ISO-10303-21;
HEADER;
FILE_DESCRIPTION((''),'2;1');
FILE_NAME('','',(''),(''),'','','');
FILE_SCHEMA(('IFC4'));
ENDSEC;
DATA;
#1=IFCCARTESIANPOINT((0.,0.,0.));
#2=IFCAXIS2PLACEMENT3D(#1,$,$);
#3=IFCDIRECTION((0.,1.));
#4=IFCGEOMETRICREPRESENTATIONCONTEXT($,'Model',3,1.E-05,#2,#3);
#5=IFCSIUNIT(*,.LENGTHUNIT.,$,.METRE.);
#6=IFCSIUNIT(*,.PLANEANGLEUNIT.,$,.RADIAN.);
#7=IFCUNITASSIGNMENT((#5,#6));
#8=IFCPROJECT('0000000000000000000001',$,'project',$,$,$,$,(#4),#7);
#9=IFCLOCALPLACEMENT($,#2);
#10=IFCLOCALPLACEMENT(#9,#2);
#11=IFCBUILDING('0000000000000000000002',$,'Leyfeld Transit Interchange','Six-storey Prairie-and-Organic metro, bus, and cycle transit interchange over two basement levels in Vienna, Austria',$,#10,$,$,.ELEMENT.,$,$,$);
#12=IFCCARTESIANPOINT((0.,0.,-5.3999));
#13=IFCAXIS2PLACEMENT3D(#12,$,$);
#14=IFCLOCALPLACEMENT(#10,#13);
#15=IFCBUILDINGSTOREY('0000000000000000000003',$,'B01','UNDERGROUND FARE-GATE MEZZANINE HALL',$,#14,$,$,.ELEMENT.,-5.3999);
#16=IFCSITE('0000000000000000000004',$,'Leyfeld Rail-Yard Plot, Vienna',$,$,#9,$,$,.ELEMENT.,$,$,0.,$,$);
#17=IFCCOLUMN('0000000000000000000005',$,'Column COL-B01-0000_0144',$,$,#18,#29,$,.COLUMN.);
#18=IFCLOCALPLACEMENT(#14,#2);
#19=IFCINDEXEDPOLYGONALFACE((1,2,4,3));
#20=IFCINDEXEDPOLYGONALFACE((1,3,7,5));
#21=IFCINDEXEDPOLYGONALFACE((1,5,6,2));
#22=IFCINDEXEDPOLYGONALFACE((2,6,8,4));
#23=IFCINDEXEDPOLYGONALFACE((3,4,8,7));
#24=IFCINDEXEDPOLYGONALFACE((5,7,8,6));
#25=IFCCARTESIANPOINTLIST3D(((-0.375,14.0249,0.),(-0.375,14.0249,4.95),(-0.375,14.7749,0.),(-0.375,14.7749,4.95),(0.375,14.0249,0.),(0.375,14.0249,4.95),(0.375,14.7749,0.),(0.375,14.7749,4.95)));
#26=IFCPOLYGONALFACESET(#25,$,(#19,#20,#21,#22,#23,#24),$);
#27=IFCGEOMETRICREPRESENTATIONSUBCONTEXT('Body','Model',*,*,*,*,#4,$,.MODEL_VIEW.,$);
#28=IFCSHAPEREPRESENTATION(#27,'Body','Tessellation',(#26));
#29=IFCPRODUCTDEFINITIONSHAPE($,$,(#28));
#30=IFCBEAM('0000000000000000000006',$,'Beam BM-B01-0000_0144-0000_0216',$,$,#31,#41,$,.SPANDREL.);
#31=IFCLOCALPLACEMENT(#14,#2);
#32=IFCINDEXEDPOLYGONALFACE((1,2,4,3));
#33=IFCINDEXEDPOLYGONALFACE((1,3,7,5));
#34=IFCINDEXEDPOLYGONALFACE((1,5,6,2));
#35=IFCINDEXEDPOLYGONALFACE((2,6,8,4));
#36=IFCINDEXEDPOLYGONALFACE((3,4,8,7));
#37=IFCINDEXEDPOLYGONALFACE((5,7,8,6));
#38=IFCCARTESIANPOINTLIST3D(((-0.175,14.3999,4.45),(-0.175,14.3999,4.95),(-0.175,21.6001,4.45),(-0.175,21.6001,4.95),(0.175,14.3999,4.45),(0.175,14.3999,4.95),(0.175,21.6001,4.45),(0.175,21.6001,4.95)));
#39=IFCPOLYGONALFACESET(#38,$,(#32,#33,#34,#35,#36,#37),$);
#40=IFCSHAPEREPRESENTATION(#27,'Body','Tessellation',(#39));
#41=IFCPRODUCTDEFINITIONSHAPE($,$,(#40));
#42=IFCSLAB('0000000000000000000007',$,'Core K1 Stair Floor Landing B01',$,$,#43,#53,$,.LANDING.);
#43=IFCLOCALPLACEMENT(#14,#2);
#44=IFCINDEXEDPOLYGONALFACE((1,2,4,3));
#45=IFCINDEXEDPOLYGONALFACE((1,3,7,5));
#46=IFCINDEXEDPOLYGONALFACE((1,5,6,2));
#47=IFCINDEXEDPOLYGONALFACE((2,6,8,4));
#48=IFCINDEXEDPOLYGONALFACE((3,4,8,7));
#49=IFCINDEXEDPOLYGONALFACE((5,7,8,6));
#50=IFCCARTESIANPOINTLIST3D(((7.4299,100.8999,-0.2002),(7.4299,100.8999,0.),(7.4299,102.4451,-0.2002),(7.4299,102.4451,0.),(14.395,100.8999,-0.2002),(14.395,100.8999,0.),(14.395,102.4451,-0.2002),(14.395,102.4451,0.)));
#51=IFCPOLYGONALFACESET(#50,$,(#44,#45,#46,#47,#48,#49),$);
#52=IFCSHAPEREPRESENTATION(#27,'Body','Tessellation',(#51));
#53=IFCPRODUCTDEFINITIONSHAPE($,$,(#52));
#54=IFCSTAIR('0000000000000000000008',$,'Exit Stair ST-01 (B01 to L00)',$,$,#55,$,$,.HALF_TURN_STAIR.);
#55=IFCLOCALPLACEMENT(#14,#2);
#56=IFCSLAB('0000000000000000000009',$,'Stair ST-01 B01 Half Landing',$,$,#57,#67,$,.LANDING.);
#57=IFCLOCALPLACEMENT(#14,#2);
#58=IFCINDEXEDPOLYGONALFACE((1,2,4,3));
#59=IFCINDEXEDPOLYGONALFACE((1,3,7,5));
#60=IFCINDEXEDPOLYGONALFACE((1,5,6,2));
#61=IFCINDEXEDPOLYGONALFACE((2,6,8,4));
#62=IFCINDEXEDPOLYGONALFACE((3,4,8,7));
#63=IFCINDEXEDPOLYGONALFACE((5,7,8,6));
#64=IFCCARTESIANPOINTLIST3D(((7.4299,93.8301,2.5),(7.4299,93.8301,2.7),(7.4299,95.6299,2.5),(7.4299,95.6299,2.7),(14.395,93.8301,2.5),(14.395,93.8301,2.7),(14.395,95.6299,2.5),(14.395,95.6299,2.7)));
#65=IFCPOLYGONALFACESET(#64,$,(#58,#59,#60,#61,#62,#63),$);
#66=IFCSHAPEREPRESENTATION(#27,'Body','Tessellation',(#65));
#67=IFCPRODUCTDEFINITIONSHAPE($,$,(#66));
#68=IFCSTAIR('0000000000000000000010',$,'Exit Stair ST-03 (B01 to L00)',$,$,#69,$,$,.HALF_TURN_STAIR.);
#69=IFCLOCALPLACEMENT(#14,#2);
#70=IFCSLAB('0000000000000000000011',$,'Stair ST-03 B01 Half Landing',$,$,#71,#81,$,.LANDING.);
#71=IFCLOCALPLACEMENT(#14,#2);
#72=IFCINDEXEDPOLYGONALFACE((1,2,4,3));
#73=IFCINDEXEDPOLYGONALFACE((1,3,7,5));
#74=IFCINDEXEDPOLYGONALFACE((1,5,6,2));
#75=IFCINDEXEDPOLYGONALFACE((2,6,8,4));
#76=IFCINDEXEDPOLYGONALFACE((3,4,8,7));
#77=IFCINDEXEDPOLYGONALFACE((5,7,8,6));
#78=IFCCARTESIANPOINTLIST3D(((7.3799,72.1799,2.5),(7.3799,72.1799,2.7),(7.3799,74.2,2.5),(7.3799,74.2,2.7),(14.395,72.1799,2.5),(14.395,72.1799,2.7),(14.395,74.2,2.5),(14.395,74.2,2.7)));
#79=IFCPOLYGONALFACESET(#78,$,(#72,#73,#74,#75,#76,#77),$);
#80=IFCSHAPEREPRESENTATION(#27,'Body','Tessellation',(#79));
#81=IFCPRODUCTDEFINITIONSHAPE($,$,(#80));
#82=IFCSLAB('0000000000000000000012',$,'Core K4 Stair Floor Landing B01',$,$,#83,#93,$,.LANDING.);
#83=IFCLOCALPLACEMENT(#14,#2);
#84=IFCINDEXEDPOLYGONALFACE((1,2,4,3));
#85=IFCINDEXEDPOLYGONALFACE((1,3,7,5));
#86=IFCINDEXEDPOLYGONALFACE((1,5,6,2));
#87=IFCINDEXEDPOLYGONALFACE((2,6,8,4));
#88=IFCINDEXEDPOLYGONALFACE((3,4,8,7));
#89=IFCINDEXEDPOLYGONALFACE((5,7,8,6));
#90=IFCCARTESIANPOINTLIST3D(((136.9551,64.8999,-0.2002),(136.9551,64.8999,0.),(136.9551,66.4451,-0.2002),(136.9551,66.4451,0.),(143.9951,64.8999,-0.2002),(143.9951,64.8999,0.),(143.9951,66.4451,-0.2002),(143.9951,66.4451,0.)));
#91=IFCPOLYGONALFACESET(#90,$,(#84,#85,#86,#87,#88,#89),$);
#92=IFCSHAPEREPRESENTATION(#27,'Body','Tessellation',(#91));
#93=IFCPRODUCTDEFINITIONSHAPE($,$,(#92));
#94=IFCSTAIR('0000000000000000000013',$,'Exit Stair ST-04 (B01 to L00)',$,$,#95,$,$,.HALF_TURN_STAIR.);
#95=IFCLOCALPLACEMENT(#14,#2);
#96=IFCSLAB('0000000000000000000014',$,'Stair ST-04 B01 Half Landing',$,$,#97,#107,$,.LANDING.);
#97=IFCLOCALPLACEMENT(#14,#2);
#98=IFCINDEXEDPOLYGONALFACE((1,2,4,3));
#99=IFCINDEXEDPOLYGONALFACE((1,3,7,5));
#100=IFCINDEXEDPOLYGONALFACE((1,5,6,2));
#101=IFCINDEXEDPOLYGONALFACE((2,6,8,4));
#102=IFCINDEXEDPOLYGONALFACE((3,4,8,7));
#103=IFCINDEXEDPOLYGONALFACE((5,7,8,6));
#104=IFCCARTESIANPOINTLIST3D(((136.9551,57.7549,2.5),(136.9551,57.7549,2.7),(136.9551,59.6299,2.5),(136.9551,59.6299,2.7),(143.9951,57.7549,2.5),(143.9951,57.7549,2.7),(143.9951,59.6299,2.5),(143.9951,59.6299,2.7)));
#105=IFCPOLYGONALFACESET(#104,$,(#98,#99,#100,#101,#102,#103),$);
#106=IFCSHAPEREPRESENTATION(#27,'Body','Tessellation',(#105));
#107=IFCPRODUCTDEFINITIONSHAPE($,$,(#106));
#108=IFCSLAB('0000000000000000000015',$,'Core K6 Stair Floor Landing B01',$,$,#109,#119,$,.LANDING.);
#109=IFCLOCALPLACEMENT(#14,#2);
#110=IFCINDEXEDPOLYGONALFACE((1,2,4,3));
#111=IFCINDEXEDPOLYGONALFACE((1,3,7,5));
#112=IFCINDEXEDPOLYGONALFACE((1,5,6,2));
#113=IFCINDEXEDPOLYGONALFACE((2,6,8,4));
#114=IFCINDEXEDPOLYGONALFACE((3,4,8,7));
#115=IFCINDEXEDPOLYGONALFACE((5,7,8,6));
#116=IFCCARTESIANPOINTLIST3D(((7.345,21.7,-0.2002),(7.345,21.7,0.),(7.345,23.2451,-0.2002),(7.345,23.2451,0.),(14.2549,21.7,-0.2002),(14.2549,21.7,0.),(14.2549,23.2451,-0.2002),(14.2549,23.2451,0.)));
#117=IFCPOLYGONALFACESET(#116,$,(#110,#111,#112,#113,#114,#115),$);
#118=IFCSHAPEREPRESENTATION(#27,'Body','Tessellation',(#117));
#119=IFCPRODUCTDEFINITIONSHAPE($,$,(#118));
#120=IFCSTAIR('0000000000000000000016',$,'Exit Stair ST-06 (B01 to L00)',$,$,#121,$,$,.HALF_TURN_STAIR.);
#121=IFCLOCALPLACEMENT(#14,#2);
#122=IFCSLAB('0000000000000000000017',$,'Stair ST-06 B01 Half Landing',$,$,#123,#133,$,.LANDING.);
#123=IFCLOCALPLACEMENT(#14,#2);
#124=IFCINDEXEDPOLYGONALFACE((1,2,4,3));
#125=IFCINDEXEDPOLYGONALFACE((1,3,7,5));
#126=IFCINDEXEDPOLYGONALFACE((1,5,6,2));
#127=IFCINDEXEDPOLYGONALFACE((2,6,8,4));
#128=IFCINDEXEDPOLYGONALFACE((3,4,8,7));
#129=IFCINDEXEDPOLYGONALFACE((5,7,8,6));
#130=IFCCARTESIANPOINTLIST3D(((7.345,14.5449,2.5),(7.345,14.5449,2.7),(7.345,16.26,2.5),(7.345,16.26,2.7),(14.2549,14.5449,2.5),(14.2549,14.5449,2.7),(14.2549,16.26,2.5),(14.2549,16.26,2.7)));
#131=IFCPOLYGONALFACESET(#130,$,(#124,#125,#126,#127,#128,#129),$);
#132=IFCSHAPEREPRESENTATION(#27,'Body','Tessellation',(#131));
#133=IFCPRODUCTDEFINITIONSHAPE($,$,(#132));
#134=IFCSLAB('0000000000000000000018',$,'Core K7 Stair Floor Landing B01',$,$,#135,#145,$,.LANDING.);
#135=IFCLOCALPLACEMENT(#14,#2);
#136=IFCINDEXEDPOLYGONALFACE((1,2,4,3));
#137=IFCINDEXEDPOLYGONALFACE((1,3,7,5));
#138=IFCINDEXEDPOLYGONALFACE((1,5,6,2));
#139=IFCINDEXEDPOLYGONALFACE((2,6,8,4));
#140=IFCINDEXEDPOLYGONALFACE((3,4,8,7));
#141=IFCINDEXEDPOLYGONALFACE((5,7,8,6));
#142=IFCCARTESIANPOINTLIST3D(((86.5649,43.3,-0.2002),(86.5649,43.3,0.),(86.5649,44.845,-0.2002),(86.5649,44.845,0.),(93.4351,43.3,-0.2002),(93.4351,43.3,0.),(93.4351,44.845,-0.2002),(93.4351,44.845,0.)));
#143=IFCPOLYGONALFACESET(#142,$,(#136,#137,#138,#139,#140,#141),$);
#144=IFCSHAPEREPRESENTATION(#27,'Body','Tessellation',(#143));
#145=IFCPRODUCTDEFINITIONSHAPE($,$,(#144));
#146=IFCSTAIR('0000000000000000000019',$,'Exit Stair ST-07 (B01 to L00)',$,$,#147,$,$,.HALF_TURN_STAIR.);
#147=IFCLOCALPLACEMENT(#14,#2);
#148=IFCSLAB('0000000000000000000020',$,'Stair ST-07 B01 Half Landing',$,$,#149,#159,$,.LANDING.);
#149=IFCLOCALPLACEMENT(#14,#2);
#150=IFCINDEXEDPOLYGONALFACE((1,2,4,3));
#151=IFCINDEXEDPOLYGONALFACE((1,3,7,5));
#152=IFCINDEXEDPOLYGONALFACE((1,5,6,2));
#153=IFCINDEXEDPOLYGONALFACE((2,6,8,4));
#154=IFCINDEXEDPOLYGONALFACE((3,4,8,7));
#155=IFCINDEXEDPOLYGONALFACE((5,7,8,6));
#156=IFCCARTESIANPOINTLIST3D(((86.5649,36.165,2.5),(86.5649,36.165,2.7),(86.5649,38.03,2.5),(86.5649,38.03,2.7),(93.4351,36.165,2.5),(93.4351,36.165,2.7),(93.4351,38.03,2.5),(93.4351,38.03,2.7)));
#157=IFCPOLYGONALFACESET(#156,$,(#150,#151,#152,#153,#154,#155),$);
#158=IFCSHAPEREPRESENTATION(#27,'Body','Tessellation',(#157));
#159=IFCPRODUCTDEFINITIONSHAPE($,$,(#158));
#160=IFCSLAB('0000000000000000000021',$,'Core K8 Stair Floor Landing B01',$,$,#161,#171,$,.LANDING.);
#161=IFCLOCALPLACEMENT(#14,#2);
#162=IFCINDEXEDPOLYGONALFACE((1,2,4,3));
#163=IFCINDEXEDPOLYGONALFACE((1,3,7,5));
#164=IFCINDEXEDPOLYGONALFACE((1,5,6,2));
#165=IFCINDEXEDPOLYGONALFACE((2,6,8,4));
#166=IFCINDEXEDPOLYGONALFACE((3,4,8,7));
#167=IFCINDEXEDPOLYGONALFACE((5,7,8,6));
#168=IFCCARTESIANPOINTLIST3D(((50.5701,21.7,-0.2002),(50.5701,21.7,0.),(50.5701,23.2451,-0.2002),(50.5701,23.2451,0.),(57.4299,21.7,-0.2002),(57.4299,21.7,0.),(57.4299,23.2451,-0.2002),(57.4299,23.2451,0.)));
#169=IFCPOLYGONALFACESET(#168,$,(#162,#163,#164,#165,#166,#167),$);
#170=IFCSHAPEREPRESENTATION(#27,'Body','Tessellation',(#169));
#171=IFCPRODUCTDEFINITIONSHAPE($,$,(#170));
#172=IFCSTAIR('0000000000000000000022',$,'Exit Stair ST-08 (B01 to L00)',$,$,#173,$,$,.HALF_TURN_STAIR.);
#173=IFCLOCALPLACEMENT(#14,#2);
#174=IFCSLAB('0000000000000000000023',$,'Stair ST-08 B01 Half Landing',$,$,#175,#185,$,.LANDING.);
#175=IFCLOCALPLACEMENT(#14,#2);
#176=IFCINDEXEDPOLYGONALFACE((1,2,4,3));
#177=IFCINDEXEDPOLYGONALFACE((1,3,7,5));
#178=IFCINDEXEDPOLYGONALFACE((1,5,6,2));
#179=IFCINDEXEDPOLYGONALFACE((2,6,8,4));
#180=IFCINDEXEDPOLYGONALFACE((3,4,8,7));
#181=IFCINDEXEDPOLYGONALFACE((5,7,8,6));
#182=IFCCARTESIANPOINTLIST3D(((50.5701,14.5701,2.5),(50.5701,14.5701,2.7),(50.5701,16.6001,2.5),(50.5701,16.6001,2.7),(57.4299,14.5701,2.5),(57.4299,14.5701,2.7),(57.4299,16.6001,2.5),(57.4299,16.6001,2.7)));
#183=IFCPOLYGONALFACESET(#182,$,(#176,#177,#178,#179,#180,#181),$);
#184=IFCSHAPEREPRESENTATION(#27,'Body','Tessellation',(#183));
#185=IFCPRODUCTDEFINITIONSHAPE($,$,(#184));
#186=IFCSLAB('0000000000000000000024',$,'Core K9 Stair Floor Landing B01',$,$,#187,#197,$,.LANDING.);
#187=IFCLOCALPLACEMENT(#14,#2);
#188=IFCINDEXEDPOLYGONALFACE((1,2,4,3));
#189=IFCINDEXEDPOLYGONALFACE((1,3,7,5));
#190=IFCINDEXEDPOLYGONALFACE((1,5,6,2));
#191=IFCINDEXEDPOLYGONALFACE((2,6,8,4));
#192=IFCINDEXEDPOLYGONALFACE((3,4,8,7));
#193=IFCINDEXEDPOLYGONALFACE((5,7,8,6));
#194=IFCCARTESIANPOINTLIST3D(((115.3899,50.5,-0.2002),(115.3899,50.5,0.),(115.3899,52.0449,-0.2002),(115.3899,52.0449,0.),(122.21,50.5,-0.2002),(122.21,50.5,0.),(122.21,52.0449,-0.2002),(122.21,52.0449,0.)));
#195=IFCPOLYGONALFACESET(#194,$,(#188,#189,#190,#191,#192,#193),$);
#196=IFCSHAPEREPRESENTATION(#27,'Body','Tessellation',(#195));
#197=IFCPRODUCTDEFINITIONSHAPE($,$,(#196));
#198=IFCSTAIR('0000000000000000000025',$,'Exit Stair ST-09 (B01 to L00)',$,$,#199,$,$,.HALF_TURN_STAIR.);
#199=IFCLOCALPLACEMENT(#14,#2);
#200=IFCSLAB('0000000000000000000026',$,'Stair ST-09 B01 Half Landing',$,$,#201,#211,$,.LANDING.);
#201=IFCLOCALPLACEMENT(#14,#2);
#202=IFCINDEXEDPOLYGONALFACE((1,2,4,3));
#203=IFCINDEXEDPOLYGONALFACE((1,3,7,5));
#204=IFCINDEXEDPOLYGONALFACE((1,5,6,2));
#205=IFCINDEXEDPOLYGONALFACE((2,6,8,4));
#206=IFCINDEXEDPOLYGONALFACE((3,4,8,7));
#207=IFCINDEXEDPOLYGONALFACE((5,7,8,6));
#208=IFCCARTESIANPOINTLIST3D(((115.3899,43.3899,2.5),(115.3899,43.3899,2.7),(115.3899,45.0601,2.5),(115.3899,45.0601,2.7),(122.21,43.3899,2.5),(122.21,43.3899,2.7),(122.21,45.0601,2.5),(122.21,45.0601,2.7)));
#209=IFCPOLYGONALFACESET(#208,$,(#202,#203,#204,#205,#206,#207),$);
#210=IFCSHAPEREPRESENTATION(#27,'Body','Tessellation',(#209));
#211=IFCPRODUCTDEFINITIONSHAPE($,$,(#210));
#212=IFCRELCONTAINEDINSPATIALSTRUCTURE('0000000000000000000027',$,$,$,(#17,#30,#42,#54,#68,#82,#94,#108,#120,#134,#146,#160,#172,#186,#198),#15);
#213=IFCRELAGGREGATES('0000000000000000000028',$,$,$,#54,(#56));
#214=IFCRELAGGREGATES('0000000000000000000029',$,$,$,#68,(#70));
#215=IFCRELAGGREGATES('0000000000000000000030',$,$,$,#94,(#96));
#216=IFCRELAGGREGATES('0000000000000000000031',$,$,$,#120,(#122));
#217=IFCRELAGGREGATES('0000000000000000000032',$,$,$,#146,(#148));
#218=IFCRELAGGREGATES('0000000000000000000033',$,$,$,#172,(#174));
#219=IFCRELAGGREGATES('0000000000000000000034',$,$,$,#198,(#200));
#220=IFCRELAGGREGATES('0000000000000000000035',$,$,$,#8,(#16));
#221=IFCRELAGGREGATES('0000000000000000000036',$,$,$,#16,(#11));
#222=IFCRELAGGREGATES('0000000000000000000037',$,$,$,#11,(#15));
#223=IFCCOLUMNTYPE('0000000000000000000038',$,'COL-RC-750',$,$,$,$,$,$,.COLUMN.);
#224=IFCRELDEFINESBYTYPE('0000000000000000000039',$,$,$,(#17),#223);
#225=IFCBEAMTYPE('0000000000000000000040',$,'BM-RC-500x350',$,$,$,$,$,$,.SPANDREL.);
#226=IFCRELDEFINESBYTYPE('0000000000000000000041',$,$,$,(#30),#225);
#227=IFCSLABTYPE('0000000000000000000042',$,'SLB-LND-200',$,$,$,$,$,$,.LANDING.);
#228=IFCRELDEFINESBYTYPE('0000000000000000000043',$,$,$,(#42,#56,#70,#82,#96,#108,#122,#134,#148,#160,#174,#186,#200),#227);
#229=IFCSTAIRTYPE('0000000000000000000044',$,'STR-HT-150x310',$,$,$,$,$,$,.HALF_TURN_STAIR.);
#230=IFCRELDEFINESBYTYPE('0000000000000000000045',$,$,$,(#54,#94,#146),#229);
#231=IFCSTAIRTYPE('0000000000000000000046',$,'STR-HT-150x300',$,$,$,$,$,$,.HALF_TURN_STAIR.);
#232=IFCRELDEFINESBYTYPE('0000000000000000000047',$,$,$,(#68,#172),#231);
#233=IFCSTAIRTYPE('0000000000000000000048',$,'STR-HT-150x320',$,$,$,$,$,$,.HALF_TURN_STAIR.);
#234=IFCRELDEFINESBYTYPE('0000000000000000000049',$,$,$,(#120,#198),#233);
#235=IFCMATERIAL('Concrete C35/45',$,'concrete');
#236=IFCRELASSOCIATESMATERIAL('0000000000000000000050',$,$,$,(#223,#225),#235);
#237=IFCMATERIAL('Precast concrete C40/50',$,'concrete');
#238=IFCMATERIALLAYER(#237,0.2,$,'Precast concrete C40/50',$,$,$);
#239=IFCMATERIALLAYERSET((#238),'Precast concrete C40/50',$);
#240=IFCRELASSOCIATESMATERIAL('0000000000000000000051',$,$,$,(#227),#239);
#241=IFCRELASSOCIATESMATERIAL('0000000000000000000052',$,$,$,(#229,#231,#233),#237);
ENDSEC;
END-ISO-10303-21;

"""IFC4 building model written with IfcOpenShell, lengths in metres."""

from ifc_helpers import new_model, si_unit, direction, frame, origin, origin_2d, place, context, subcontext, project, spatial, polyline, rectangle, outline, extrude, material, layer, layer_set, material_profile, profile_set, type_object, element, aggregate, save


model = new_model("IFC4")

# Units and contexts
model_context = context("Model", 3, precision=1e-05, world=origin(), true_north=direction((0.0, 1.0)))
body_context = subcontext(model_context, "Body", "Model", "MODEL_VIEW")
ifc_project = project(units=[si_unit("LENGTHUNIT", "METRE"), si_unit("PLANEANGLEUNIT", "RADIAN")], contexts=[model_context])

# Site, building, storey
site_placement = place(None, origin())
site = spatial("IfcSite", under=ifc_project, at=site_placement, Name="Leyfeld Rail-Yard Plot, Vienna", CompositionType="ELEMENT", RefElevation=0.0)
building_placement = place(site_placement, origin())
building = spatial("IfcBuilding", under=site, at=building_placement, Name="Leyfeld Transit Interchange", Description="Six-storey Prairie-and-Organic metro, bus, and cycle transit interchange over two basement levels in Vienna, Austria", CompositionType="ELEMENT")
storey_placement = place(building_placement, frame((0.0, 0.0, -5.3999)))
storey = spatial("IfcBuildingStorey", under=building, at=storey_placement, Name="B01", Description="UNDERGROUND FARE-GATE MEZZANINE HALL", CompositionType="ELEMENT", Elevation=-5.3999)

# Column
ifc_material_1 = material(Name="Concrete C35/45", Category="concrete")
ifc_material_profile_1 = material_profile(ifc_material_1, rectangle(XDim=0.75, YDim=0.75, at=origin_2d()), Name="RC 750x750")
ifc_profile_set_1 = profile_set([ifc_material_profile_1], Name="Concrete C35/45")
column_type = type_object("IfcColumnType", Name="COL-RC-750", PredefinedType="COLUMN", material=ifc_profile_set_1)
column_placement = place(storey_placement, frame((0.0, 14.3999, 0.0), z_axis=(0.0, 0.0, 1.0), x_axis=(1.0, 0.0, 0.0)))
element("IfcColumn", 1, at=column_placement, inside=storey, type_object=column_type, Name="Column COL-B01-0000_0144", PredefinedType="COLUMN", context=body_context, shape_type="SweptSolid", body=[
    extrude(rectangle(XDim=0.75, YDim=0.75, at=origin_2d()), origin(), (0.0, 0.0, 1.0), 4.95),
])

# Beam
ifc_material_profile_2 = material_profile(ifc_material_1, rectangle(XDim=0.3501, YDim=0.5, at=origin_2d()), Name="RC 500x350")
ifc_profile_set_2 = profile_set([ifc_material_profile_2], Name="Concrete C35/45")
beam_type = type_object("IfcBeamType", Name="BM-RC-500x350", PredefinedType="SPANDREL", material=ifc_profile_set_2)
beam_placement = place(storey_placement, frame((0.0, 14.3999, 4.7), z_axis=(0.0, 1.0, 0.0), x_axis=(-1.0, 0.0, 0.0)))
element("IfcBeam", 2, at=beam_placement, inside=storey, type_object=beam_type, Name="Beam BM-B01-0000_0144-0000_0216", PredefinedType="SPANDREL", context=body_context, shape_type="SweptSolid", body=[
    extrude(rectangle(XDim=0.3501, YDim=0.5, at=origin_2d()), origin(), (0.0, 0.0, 1.0), 7.2002),
])

# Slab
ifc_material_2 = material(Name="Precast concrete C40/50", Category="concrete")
ifc_layer_1 = layer(ifc_material_2, 0.2, Name="Precast concrete C40/50")
ifc_layer_set_1 = layer_set([ifc_layer_1], Name="Precast concrete C40/50")
slab_type_1 = type_object("IfcSlabType", Name="SLB-LND-200", PredefinedType="LANDING", material=ifc_layer_set_1)
slab_1_placement = place(storey_placement, frame((0.0, 0.0, -0.2002)))
element("IfcSlab", 3, at=slab_1_placement, inside=storey, type_object=slab_type_1, Name="Core K1 Stair Floor Landing B01", PredefinedType="LANDING", context=body_context, shape_type="SweptSolid", body=[
    extrude(outline(polyline([(7.4299, 100.8999), (14.395, 100.8999), (14.395, 102.4451), (7.4299, 102.4451), (7.4299, 100.8999)])), origin(), (0.0, 0.0, 1.0), 0.2002),
])

# Stairs, slabs
stair_type_1 = type_object("IfcStairType", Name="STR-HT-150x310", PredefinedType="HALF_TURN_STAIR", material=ifc_material_2)
stair_1_placement = place(storey_placement, origin())
stair_1 = element("IfcStair", 4, at=stair_1_placement, inside=storey, type_object=stair_type_1, Name="Exit Stair ST-01 (B01 to L00)", PredefinedType="HALF_TURN_STAIR")
slab_2_placement = place(storey_placement, frame((0.0, 0.0, 2.5)))
slab_2 = element("IfcSlab", 5, at=slab_2_placement, type_object=slab_type_1, Name="Stair ST-01 B01 Half Landing", PredefinedType="LANDING", context=body_context, shape_type="SweptSolid", body=[
    extrude(outline(polyline([(7.4299, 93.8301), (14.395, 93.8301), (14.395, 95.6299), (7.4299, 95.6299), (7.4299, 93.8301)])), origin(), (0.0, 0.0, 1.0), 0.2),
])
aggregate(stair_1, [slab_2])
stair_type_2 = type_object("IfcStairType", Name="STR-HT-150x300", PredefinedType="HALF_TURN_STAIR", material=ifc_material_2)
stair_2_placement = place(storey_placement, origin())
stair_2 = element("IfcStair", 6, at=stair_2_placement, inside=storey, type_object=stair_type_2, Name="Exit Stair ST-03 (B01 to L00)", PredefinedType="HALF_TURN_STAIR")
slab_3_placement = place(storey_placement, frame((0.0, 0.0, 2.5)))
slab_3 = element("IfcSlab", 7, at=slab_3_placement, type_object=slab_type_1, Name="Stair ST-03 B01 Half Landing", PredefinedType="LANDING", context=body_context, shape_type="SweptSolid", body=[
    extrude(outline(polyline([(7.3799, 72.1799), (14.395, 72.1799), (14.395, 74.2), (7.3799, 74.2), (7.3799, 72.1799)])), origin(), (0.0, 0.0, 1.0), 0.2),
])
aggregate(stair_2, [slab_3])

# Slab
slab_4_placement = place(storey_placement, frame((0.0, 0.0, -0.2002)))
element("IfcSlab", 8, at=slab_4_placement, inside=storey, type_object=slab_type_1, Name="Core K4 Stair Floor Landing B01", PredefinedType="LANDING", context=body_context, shape_type="SweptSolid", body=[
    extrude(outline(polyline([(136.9551, 64.8999), (143.9951, 64.8999), (143.9951, 66.4451), (136.9551, 66.4451), (136.9551, 64.8999)])), origin(), (0.0, 0.0, 1.0), 0.2002),
])

# Stair, slab
stair_3_placement = place(storey_placement, origin())
stair_3 = element("IfcStair", 9, at=stair_3_placement, inside=storey, type_object=stair_type_1, Name="Exit Stair ST-04 (B01 to L00)", PredefinedType="HALF_TURN_STAIR")
slab_5_placement = place(storey_placement, frame((0.0, 0.0, 2.5)))
slab_5 = element("IfcSlab", 10, at=slab_5_placement, type_object=slab_type_1, Name="Stair ST-04 B01 Half Landing", PredefinedType="LANDING", context=body_context, shape_type="SweptSolid", body=[
    extrude(outline(polyline([(136.9551, 57.7549), (143.9951, 57.7549), (143.9951, 59.6299), (136.9551, 59.6299), (136.9551, 57.7549)])), origin(), (0.0, 0.0, 1.0), 0.2),
])
aggregate(stair_3, [slab_5])

# Slab
slab_6_placement = place(storey_placement, frame((0.0, 0.0, -0.2002)))
element("IfcSlab", 11, at=slab_6_placement, inside=storey, type_object=slab_type_1, Name="Core K6 Stair Floor Landing B01", PredefinedType="LANDING", context=body_context, shape_type="SweptSolid", body=[
    extrude(outline(polyline([(7.345, 21.7), (14.2549, 21.7), (14.2549, 23.2451), (7.345, 23.2451), (7.345, 21.7)])), origin(), (0.0, 0.0, 1.0), 0.2002),
])

# Stair, slab
stair_type_3 = type_object("IfcStairType", Name="STR-HT-150x320", PredefinedType="HALF_TURN_STAIR", material=ifc_material_2)
stair_4_placement = place(storey_placement, origin())
stair_4 = element("IfcStair", 12, at=stair_4_placement, inside=storey, type_object=stair_type_3, Name="Exit Stair ST-06 (B01 to L00)", PredefinedType="HALF_TURN_STAIR")
slab_7_placement = place(storey_placement, frame((0.0, 0.0, 2.5)))
slab_7 = element("IfcSlab", 13, at=slab_7_placement, type_object=slab_type_1, Name="Stair ST-06 B01 Half Landing", PredefinedType="LANDING", context=body_context, shape_type="SweptSolid", body=[
    extrude(outline(polyline([(7.345, 14.5449), (14.2549, 14.5449), (14.2549, 16.26), (7.345, 16.26), (7.345, 14.5449)])), origin(), (0.0, 0.0, 1.0), 0.2),
])
aggregate(stair_4, [slab_7])

# Slab
slab_8_placement = place(storey_placement, frame((0.0, 0.0, -0.2002)))
element("IfcSlab", 14, at=slab_8_placement, inside=storey, type_object=slab_type_1, Name="Core K7 Stair Floor Landing B01", PredefinedType="LANDING", context=body_context, shape_type="SweptSolid", body=[
    extrude(outline(polyline([(86.5649, 43.3), (93.4351, 43.3), (93.4351, 44.845), (86.5649, 44.845), (86.5649, 43.3)])), origin(), (0.0, 0.0, 1.0), 0.2002),
])

# Stair, slab
stair_5_placement = place(storey_placement, origin())
stair_5 = element("IfcStair", 15, at=stair_5_placement, inside=storey, type_object=stair_type_1, Name="Exit Stair ST-07 (B01 to L00)", PredefinedType="HALF_TURN_STAIR")
slab_9_placement = place(storey_placement, frame((0.0, 0.0, 2.5)))
slab_9 = element("IfcSlab", 16, at=slab_9_placement, type_object=slab_type_1, Name="Stair ST-07 B01 Half Landing", PredefinedType="LANDING", context=body_context, shape_type="SweptSolid", body=[
    extrude(outline(polyline([(86.5649, 36.165), (93.4351, 36.165), (93.4351, 38.03), (86.5649, 38.03), (86.5649, 36.165)])), origin(), (0.0, 0.0, 1.0), 0.2),
])
aggregate(stair_5, [slab_9])

# Slab
slab_10_placement = place(storey_placement, frame((0.0, 0.0, -0.2002)))
element("IfcSlab", 17, at=slab_10_placement, inside=storey, type_object=slab_type_1, Name="Core K8 Stair Floor Landing B01", PredefinedType="LANDING", context=body_context, shape_type="SweptSolid", body=[
    extrude(outline(polyline([(50.5701, 21.7), (57.4299, 21.7), (57.4299, 23.2451), (50.5701, 23.2451), (50.5701, 21.7)])), origin(), (0.0, 0.0, 1.0), 0.2002),
])

# Stair, slab
stair_6_placement = place(storey_placement, origin())
stair_6 = element("IfcStair", 18, at=stair_6_placement, inside=storey, type_object=stair_type_2, Name="Exit Stair ST-08 (B01 to L00)", PredefinedType="HALF_TURN_STAIR")
slab_11_placement = place(storey_placement, frame((0.0, 0.0, 2.5)))
slab_11 = element("IfcSlab", 19, at=slab_11_placement, type_object=slab_type_1, Name="Stair ST-08 B01 Half Landing", PredefinedType="LANDING", context=body_context, shape_type="SweptSolid", body=[
    extrude(outline(polyline([(50.5701, 14.5701), (57.4299, 14.5701), (57.4299, 16.6001), (50.5701, 16.6001), (50.5701, 14.5701)])), origin(), (0.0, 0.0, 1.0), 0.2),
])
aggregate(stair_6, [slab_11])

# Slab
slab_12_placement = place(storey_placement, frame((0.0, 0.0, -0.2002)))
element("IfcSlab", 20, at=slab_12_placement, inside=storey, type_object=slab_type_1, Name="Core K9 Stair Floor Landing B01", PredefinedType="LANDING", context=body_context, shape_type="SweptSolid", body=[
    extrude(outline(polyline([(115.3899, 50.5), (122.21, 50.5), (122.21, 52.0449), (115.3899, 52.0449), (115.3899, 50.5)])), origin(), (0.0, 0.0, 1.0), 0.2002),
])

# Stair, slab
stair_7_placement = place(storey_placement, origin())
stair_7 = element("IfcStair", 21, at=stair_7_placement, inside=storey, type_object=stair_type_3, Name="Exit Stair ST-09 (B01 to L00)", PredefinedType="HALF_TURN_STAIR")
slab_13_placement = place(storey_placement, frame((0.0, 0.0, 2.5)))
slab_13 = element("IfcSlab", 22, at=slab_13_placement, type_object=slab_type_1, Name="Stair ST-09 B01 Half Landing", PredefinedType="LANDING", context=body_context, shape_type="SweptSolid", body=[
    extrude(outline(polyline([(115.3899, 43.3899), (122.21, 43.3899), (122.21, 45.0601), (115.3899, 45.0601), (115.3899, 43.3899)])), origin(), (0.0, 0.0, 1.0), 0.2),
])
aggregate(stair_7, [slab_13])

save(model, "model.ifc")
